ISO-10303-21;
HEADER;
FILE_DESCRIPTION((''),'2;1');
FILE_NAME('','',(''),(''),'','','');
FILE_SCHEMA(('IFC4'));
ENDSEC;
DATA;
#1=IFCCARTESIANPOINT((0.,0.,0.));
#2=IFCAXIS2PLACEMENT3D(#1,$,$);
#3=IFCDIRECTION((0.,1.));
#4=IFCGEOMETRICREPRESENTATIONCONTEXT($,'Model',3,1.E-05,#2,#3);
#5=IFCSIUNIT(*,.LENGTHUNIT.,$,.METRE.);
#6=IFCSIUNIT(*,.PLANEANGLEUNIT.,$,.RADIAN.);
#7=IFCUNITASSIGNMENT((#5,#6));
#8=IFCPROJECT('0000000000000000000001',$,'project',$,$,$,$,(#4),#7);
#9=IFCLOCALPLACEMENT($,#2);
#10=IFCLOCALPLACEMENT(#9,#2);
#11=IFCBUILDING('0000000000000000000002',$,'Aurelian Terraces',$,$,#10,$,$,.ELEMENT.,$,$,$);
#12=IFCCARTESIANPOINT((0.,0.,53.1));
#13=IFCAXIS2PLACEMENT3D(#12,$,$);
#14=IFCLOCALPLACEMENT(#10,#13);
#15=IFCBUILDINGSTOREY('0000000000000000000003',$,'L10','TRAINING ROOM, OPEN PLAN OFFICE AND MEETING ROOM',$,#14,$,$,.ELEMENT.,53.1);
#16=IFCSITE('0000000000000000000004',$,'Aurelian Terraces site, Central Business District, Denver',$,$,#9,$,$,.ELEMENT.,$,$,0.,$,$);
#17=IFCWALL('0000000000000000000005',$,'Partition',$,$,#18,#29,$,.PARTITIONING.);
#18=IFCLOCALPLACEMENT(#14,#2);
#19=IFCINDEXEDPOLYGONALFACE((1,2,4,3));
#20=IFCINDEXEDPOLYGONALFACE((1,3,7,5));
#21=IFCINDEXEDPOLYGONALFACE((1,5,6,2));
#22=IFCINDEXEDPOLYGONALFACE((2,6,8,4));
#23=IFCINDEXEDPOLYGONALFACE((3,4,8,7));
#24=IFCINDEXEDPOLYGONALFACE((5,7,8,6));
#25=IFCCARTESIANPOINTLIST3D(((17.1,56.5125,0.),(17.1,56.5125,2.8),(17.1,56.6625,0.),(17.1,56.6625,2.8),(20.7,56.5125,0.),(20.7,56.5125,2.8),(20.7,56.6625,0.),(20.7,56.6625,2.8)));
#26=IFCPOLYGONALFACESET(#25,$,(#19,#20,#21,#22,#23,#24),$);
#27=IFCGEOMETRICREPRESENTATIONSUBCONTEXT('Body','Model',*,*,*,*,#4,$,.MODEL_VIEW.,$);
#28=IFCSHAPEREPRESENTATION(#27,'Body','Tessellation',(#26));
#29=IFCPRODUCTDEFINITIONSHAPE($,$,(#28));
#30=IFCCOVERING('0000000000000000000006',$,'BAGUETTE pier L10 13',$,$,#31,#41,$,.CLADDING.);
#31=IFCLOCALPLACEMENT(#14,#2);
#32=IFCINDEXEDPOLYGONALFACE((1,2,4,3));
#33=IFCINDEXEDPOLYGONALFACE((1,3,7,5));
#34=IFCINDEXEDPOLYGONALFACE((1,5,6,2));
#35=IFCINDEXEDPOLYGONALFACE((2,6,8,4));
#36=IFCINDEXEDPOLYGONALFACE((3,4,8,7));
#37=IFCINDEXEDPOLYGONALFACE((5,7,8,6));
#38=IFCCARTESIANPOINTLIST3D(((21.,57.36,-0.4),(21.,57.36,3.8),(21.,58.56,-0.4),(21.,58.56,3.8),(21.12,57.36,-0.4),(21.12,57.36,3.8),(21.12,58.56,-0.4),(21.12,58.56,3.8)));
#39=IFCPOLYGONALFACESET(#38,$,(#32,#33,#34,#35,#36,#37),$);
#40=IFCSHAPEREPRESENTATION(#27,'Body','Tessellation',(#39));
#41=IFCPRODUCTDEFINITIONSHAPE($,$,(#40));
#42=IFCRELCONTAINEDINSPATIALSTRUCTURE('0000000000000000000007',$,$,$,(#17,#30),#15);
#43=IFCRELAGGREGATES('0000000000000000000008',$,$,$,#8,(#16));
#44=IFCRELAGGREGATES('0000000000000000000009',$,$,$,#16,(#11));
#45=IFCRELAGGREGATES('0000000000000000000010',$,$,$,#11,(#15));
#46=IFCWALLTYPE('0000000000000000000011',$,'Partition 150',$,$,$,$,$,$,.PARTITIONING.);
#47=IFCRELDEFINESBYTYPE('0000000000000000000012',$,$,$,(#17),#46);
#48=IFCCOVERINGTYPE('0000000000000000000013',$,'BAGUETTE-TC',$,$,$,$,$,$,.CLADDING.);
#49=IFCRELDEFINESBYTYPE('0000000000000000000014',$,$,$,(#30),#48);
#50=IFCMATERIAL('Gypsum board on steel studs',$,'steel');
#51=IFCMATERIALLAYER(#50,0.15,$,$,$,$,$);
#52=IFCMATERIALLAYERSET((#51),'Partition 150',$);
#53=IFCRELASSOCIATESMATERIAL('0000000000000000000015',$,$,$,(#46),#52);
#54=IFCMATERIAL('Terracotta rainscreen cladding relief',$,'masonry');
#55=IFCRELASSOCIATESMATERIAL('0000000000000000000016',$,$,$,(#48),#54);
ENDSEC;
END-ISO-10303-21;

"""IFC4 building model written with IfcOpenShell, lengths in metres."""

from ifc_helpers import new_model, si_unit, direction, frame, frame_2d, origin, origin_2d, place, context, subcontext, project, spatial, rectangle, extrude, source, transform, mapped, material, layer, layer_set, type_object, element, save


model = new_model("IFC4")

# Units and contexts
model_context = context("Model", 3, precision=1e-05, world=origin(), true_north=direction((0.0, 1.0)))
body_context = subcontext(model_context, "Body", "Model", "MODEL_VIEW")
ifc_project = project(units=[si_unit("LENGTHUNIT", "METRE"), si_unit("PLANEANGLEUNIT", "RADIAN")], contexts=[model_context])

# Site, building, storey
site_placement = place(None, origin())
site = spatial("IfcSite", under=ifc_project, at=site_placement, Name="Aurelian Terraces site, Central Business District, Denver", CompositionType="ELEMENT", RefElevation=0.0)
building_placement = place(site_placement, origin())
building = spatial("IfcBuilding", under=site, at=building_placement, Name="Aurelian Terraces", CompositionType="ELEMENT")
storey_placement = place(building_placement, frame((0.0, 0.0, 53.1)))
storey = spatial("IfcBuildingStorey", under=building, at=storey_placement, Name="L10", Description="TRAINING ROOM, OPEN PLAN OFFICE AND MEETING ROOM", CompositionType="ELEMENT", Elevation=53.1)

# Wall
ifc_material_1 = material(Name="Gypsum board on steel studs", Category="steel")
ifc_layer_1 = layer(ifc_material_1, 0.15)
ifc_layer_set_1 = layer_set([ifc_layer_1], Name="Partition 150")
wall_type_1 = type_object("IfcWallType", Name="Partition 150", PredefinedType="PARTITIONING", material=ifc_layer_set_1)
shared_shape_1 = source(origin(), body_context, "Body", "SweptSolid", [
    extrude(rectangle(XDim=3.6, YDim=0.15, at=frame_2d((1.8, 0.0))), origin(), (0.0, 0.0, 1.0), 2.8),
])
wall_1_placement = place(storey_placement, frame((17.1, 56.5875, 0.0), z_axis=(0.0, 0.0, 1.0), x_axis=(1.0, 0.0, 0.0)))
element("IfcWall", 1, at=wall_1_placement, inside=storey, type_object=wall_type_1, Name="Partition", PredefinedType="PARTITIONING", context=body_context, shape_type="MappedRepresentation", body=[
    mapped(shared_shape_1, transform((0.0, 0.0, 0.0), scale=1.0)),
])

# Covering
ifc_material_2 = material(Name="Terracotta rainscreen cladding relief", Category="masonry")
covering_type = type_object("IfcCoveringType", Name="BAGUETTE-TC", PredefinedType="CLADDING", material=ifc_material_2)
shared_shape_2 = source(origin(), body_context, "Body", "SweptSolid", [
    extrude(rectangle(XDim=0.12, YDim=1.2, at=origin_2d()), origin(), (0.0, 0.0, 1.0), 4.2),
])
covering_placement = place(storey_placement, frame((21.06, 57.96, -0.4), z_axis=(0.0, 0.0, 1.0), x_axis=(1.0, 0.0, 0.0)))
element("IfcCovering", 2, at=covering_placement, inside=storey, type_object=covering_type, Name="BAGUETTE pier L10 13", PredefinedType="CLADDING", context=body_context, shape_type="MappedRepresentation", body=[
    mapped(shared_shape_2, transform((0.0, 0.0, 0.0), scale=1.0)),
])

save(model, "model.ifc")
